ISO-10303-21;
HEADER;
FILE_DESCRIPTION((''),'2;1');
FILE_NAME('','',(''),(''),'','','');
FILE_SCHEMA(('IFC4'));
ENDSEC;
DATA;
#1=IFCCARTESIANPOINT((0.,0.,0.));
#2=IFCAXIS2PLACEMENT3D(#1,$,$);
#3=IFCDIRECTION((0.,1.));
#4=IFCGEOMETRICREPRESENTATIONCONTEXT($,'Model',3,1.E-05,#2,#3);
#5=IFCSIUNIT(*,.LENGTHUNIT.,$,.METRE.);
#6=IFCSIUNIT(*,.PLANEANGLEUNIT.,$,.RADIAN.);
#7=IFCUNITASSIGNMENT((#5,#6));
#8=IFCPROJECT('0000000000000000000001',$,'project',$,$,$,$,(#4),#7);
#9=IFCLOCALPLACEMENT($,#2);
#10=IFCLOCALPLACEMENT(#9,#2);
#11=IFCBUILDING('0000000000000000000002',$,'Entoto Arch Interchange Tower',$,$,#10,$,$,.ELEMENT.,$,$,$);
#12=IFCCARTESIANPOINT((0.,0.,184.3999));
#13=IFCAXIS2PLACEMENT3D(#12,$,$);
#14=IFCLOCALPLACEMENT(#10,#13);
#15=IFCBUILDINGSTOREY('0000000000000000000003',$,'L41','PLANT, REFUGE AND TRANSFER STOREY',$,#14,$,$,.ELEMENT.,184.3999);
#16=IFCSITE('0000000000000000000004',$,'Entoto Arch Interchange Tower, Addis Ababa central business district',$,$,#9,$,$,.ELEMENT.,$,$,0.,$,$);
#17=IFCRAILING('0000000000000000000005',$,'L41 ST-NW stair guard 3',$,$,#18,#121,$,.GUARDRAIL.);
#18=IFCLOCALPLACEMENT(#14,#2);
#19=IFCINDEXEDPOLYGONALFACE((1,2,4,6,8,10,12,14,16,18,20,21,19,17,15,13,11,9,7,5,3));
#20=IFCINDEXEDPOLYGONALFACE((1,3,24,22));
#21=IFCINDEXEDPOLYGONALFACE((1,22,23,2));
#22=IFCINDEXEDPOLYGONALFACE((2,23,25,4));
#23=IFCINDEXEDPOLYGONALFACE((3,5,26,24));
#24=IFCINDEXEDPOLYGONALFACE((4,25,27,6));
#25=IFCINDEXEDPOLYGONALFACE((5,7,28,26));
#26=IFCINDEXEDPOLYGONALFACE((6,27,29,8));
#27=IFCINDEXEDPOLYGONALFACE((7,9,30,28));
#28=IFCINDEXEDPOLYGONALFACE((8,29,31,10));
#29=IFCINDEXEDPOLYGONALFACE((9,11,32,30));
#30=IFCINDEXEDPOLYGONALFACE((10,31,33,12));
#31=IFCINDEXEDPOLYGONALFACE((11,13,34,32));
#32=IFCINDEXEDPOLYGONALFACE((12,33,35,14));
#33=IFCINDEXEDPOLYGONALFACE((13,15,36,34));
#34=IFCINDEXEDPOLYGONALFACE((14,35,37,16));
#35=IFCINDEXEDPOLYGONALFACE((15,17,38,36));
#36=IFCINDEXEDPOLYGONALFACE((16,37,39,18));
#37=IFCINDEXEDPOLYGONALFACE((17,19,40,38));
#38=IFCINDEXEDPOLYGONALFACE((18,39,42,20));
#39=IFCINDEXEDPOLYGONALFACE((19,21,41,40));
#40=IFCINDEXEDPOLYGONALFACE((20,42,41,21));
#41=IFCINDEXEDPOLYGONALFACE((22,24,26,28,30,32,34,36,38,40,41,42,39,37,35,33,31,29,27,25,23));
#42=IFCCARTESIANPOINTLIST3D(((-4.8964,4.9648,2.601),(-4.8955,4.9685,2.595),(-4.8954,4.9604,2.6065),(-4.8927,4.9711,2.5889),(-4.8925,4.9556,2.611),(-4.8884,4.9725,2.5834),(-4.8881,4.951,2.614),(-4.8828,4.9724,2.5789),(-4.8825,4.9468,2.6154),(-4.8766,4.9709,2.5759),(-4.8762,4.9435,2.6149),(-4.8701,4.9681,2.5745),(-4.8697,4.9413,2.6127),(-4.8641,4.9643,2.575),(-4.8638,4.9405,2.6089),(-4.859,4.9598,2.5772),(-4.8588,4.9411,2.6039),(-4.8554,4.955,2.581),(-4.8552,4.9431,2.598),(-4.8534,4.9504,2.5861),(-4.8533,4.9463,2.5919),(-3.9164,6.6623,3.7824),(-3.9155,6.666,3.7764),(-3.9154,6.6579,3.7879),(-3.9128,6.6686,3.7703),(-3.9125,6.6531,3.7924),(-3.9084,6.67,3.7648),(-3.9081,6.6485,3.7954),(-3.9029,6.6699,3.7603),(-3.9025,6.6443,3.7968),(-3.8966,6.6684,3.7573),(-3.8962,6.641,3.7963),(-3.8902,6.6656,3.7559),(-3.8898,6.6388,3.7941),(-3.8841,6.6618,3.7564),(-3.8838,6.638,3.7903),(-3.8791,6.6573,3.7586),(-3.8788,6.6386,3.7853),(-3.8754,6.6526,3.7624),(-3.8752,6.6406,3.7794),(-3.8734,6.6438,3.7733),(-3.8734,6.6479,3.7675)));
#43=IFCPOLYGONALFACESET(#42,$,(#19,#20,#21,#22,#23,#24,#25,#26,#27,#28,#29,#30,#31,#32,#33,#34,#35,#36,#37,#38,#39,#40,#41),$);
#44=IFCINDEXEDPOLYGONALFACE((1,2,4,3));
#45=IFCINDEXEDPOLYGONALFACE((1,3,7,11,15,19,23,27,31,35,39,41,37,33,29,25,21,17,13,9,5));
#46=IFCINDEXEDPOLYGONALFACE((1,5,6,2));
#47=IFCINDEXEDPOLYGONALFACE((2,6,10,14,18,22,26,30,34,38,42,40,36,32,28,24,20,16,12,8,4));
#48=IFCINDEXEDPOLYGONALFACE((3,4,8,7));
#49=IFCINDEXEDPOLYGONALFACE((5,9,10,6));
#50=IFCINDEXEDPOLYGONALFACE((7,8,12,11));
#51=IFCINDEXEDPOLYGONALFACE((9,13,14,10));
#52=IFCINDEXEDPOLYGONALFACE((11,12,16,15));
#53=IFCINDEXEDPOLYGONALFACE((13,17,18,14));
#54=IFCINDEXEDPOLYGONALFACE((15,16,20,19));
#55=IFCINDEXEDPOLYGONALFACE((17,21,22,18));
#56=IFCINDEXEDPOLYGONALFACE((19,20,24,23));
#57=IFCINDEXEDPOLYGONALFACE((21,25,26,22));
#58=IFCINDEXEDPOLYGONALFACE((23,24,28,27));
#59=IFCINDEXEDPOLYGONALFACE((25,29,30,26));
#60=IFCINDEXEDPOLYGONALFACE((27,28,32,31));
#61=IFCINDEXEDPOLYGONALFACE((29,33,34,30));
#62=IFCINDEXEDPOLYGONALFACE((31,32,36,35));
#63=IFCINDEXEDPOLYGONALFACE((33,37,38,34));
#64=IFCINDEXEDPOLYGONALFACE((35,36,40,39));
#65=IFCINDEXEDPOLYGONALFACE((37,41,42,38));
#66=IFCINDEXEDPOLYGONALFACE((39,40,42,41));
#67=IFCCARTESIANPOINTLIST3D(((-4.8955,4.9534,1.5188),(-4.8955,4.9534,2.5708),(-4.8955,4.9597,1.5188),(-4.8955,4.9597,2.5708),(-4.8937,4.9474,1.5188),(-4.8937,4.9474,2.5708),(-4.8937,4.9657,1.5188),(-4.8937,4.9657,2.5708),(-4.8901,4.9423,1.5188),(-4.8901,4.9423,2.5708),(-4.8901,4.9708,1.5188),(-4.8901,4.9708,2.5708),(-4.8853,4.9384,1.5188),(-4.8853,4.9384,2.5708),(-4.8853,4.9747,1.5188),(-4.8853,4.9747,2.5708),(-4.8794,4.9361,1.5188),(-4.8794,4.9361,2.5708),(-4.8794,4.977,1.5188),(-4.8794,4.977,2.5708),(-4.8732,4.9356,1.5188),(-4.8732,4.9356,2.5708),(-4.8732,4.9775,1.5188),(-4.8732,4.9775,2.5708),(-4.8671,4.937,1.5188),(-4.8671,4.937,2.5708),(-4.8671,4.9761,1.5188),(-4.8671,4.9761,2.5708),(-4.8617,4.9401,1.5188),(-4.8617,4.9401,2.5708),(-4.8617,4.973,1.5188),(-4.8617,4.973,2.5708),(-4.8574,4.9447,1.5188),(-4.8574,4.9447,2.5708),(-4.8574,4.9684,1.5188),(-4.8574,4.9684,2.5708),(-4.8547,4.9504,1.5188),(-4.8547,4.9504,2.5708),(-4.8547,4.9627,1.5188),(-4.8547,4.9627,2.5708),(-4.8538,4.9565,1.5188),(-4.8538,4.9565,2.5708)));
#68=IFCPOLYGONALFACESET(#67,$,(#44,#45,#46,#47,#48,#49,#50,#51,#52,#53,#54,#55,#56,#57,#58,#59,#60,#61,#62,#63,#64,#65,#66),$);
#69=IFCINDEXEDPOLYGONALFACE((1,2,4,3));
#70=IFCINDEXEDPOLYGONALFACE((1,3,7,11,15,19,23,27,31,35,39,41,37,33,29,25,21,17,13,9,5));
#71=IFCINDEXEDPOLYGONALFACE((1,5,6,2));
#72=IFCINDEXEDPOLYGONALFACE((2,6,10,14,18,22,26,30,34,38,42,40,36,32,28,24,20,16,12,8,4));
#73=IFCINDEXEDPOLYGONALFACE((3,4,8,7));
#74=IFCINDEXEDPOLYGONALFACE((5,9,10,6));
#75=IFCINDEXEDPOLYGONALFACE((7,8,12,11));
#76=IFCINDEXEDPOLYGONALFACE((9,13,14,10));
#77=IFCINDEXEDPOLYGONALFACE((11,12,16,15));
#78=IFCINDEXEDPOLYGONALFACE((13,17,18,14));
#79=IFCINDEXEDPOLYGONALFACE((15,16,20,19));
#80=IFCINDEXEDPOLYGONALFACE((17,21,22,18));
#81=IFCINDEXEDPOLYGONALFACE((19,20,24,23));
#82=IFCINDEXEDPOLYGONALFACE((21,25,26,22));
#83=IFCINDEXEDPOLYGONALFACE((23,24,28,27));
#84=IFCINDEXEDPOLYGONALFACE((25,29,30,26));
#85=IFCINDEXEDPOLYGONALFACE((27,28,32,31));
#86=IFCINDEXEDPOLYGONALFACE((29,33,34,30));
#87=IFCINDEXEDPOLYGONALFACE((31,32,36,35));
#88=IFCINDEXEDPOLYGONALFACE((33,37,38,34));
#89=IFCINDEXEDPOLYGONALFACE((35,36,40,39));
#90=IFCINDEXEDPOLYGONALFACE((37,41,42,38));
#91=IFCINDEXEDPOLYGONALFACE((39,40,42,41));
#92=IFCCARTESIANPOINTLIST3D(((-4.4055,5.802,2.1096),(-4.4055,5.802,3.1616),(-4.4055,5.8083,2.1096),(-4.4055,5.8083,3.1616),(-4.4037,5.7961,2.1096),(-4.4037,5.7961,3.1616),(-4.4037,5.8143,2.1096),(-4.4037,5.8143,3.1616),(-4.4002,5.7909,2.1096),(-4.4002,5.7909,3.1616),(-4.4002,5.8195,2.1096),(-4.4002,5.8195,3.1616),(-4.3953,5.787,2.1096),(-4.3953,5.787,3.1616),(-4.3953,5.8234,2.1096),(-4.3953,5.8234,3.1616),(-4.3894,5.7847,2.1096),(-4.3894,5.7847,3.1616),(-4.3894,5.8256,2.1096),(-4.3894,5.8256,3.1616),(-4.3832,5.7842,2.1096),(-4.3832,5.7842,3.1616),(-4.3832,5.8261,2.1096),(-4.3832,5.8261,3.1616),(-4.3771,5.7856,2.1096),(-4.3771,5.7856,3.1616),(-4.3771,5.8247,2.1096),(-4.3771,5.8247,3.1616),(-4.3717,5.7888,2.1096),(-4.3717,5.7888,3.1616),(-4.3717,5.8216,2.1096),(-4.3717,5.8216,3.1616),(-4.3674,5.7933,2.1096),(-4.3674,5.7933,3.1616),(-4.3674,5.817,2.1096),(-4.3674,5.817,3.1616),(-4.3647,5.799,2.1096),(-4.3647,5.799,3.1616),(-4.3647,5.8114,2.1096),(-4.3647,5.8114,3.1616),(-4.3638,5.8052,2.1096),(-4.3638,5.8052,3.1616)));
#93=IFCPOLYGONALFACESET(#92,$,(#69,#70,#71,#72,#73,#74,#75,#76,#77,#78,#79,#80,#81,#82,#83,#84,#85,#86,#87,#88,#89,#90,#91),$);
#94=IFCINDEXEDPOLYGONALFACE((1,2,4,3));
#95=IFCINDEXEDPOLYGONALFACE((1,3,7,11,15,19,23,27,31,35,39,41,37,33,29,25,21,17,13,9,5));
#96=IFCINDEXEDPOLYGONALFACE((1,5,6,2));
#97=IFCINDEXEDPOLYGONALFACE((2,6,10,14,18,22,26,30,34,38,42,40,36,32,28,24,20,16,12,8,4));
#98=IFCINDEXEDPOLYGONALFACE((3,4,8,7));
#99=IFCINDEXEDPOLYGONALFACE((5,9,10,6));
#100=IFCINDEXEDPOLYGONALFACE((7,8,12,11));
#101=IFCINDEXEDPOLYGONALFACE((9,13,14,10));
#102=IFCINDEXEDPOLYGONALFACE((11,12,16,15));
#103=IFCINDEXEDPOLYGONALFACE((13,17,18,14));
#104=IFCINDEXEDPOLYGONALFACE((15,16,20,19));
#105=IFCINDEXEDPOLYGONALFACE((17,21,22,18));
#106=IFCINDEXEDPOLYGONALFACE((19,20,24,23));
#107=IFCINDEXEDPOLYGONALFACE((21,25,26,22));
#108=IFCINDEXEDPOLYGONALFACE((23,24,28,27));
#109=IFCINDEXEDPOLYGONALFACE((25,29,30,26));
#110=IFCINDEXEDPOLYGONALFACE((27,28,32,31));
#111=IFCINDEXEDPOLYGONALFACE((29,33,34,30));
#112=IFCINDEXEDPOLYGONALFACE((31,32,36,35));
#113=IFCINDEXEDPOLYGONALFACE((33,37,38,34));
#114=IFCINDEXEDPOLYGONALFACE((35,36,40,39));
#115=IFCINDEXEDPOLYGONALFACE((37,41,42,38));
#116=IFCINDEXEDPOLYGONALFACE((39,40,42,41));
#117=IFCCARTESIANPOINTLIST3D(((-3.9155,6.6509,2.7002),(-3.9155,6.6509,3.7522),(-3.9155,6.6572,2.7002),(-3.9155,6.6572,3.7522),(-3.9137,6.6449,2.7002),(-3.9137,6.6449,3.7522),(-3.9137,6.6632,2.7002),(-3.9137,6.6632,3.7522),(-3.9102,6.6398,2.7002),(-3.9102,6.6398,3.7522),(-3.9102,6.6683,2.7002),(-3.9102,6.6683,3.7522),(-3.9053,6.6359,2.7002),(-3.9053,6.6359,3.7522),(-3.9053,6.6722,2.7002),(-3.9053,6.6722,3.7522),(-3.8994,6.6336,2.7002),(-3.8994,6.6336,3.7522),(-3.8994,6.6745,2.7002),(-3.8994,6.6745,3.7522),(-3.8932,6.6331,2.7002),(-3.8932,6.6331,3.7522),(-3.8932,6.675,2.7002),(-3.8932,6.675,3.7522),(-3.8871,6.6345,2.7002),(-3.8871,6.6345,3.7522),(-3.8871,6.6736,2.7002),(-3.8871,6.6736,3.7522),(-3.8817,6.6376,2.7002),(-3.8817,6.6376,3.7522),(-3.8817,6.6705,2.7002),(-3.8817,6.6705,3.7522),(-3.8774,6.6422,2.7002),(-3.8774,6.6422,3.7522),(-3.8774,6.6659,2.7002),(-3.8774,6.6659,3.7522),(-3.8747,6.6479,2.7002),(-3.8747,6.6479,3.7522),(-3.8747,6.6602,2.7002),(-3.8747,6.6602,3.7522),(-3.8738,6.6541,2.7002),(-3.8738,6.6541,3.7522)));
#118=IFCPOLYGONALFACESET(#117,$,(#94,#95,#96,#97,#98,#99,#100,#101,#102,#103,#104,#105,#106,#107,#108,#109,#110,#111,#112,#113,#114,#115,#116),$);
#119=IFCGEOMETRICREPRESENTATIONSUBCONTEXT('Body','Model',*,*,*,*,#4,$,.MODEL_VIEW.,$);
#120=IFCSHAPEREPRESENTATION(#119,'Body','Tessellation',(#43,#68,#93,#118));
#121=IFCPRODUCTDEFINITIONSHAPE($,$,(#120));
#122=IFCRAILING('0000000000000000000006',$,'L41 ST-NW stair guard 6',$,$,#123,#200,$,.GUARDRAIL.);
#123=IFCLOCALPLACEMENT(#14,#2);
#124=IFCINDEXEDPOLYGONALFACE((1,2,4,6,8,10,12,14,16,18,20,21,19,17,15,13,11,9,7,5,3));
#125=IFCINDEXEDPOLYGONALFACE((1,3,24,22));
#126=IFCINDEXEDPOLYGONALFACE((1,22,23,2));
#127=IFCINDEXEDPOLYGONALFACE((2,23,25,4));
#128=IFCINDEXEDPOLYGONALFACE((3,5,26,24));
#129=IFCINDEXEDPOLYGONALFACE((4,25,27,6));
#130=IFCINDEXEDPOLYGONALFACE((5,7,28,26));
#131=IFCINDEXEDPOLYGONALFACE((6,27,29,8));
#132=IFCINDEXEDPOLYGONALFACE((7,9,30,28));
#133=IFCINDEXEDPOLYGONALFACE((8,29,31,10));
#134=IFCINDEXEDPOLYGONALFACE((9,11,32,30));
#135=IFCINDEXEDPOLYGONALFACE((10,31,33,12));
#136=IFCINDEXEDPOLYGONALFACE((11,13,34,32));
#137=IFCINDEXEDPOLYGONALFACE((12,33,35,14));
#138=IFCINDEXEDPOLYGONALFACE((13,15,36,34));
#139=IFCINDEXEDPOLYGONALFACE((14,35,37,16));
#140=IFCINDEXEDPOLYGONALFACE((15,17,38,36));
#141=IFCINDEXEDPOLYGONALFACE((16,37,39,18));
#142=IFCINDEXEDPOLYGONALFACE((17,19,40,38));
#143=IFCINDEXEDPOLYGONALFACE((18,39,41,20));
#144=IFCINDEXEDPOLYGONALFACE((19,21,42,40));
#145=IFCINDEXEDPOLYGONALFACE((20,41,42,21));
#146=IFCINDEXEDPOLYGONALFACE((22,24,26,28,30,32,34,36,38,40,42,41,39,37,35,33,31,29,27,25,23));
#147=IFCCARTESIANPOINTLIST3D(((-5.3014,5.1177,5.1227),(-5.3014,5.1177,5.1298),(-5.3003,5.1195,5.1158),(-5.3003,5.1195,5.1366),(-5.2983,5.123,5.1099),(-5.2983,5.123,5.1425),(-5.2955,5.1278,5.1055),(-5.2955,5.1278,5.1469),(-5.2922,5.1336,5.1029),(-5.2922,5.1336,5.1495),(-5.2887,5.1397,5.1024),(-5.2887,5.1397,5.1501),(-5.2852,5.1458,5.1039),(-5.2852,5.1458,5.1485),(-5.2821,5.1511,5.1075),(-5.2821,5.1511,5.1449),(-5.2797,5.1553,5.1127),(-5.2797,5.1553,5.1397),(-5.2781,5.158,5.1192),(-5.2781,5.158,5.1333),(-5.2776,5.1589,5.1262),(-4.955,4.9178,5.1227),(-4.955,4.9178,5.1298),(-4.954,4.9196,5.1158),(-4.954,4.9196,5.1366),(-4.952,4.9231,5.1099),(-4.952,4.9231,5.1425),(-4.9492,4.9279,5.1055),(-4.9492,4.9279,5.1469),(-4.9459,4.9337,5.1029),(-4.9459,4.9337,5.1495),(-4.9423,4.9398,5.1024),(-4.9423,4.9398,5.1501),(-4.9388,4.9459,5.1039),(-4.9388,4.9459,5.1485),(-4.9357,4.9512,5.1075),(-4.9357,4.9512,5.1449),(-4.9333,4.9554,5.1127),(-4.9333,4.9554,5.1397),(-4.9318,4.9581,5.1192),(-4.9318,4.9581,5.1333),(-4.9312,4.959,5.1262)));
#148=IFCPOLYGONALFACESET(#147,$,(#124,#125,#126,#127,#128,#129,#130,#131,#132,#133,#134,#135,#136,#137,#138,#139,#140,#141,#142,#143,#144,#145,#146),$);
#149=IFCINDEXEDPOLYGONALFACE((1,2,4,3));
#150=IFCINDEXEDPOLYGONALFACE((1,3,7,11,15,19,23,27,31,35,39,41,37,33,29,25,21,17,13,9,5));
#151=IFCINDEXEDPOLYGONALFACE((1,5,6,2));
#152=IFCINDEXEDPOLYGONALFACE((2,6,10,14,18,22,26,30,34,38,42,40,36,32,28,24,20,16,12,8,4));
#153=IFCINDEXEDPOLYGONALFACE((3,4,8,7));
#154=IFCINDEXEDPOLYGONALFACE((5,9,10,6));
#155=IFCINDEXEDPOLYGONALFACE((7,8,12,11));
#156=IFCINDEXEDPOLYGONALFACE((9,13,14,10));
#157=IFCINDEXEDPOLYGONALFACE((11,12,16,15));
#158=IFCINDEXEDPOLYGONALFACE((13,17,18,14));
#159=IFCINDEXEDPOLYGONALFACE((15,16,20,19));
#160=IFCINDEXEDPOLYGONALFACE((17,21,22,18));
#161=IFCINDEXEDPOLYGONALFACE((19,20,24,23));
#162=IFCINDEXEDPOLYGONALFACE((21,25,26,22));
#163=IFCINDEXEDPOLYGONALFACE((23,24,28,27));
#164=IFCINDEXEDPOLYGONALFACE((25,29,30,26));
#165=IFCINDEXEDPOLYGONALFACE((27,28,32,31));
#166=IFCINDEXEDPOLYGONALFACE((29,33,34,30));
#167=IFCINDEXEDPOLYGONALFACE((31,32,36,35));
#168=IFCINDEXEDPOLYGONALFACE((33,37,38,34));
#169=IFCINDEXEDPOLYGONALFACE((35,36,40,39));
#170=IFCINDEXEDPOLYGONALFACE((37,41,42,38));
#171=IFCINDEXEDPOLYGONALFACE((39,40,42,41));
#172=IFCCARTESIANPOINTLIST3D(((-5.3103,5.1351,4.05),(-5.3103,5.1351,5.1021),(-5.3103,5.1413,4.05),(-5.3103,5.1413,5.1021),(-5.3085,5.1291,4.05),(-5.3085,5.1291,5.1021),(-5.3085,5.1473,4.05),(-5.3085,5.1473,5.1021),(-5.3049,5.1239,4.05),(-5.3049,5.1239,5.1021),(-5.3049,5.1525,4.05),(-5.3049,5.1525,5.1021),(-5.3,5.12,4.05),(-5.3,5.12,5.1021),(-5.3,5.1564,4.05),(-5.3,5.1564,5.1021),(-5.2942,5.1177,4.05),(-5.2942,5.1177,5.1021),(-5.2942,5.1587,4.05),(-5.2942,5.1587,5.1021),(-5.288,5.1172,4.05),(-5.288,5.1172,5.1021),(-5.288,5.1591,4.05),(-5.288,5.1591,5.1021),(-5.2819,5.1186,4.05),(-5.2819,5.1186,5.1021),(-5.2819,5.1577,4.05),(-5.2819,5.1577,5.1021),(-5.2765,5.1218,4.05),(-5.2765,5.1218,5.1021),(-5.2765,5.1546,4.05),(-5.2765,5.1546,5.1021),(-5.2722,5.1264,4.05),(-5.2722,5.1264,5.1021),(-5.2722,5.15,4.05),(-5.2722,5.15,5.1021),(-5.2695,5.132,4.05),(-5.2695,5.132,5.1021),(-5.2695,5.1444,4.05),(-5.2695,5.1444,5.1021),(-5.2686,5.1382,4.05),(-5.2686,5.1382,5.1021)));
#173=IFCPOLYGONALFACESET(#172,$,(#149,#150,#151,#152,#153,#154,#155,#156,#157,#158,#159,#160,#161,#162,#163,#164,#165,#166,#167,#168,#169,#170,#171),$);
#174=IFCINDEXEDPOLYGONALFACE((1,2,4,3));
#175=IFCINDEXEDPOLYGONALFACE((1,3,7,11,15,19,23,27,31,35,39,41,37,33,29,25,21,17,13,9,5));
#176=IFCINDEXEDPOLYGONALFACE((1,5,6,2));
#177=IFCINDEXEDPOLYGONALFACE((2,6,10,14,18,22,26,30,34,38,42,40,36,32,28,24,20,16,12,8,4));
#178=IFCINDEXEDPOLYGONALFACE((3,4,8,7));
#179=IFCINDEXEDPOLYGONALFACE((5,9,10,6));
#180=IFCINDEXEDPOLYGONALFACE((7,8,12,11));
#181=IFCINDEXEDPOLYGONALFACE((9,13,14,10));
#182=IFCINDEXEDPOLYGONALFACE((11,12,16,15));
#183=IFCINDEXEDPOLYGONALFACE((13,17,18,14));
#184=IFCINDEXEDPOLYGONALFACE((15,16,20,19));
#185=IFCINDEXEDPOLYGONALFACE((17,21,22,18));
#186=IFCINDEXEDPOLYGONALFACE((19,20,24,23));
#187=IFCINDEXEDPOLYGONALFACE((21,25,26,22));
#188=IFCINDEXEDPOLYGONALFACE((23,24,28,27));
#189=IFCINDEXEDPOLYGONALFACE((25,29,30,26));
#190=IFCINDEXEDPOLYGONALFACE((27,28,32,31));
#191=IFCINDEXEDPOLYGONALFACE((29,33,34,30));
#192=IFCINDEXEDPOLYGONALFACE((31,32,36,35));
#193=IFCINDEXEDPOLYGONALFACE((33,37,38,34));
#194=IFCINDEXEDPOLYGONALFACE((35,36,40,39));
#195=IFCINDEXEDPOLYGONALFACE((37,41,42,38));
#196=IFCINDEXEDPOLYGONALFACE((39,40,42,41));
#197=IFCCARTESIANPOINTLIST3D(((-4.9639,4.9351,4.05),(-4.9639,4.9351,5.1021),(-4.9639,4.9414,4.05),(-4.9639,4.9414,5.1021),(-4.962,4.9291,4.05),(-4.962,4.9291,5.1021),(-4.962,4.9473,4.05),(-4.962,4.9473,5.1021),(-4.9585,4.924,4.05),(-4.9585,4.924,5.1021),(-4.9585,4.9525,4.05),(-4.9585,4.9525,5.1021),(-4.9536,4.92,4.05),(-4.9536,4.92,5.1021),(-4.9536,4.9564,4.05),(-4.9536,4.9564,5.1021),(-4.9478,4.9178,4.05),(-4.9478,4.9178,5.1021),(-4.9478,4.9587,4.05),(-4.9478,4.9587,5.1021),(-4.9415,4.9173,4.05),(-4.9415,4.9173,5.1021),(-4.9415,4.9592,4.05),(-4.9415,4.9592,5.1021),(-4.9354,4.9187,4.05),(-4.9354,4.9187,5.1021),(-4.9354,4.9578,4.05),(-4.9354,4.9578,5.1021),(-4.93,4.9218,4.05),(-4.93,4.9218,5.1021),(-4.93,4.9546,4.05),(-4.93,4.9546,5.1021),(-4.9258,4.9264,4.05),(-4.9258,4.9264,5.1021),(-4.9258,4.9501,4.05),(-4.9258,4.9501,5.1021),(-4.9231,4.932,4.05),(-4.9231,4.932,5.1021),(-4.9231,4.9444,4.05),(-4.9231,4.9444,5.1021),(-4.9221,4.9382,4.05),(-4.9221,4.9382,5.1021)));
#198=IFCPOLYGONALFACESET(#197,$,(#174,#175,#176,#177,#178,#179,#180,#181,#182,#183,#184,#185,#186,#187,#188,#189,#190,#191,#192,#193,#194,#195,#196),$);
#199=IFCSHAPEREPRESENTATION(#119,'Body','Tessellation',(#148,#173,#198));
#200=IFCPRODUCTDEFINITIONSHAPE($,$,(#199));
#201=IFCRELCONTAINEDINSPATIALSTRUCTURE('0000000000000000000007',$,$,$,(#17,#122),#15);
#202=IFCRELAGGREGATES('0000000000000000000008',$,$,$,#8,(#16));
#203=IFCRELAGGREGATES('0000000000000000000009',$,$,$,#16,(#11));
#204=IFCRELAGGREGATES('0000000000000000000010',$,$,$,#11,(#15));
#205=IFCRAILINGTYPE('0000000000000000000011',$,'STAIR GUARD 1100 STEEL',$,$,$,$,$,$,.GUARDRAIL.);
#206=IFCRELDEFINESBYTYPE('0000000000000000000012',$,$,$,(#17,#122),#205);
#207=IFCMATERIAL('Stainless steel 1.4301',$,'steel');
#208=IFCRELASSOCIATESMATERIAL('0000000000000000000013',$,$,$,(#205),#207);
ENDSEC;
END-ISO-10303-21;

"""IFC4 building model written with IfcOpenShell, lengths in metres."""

from ifc_helpers import new_model, si_unit, direction, frame, origin, origin_2d, place, context, subcontext, project, spatial, circle, extrude, material, type_object, element, save


model = new_model("IFC4")

# Units and contexts
model_context = context("Model", 3, precision=1e-05, world=origin(), true_north=direction((0.0, 1.0)))
body_context = subcontext(model_context, "Body", "Model", "MODEL_VIEW")
ifc_project = project(units=[si_unit("LENGTHUNIT", "METRE"), si_unit("PLANEANGLEUNIT", "RADIAN")], contexts=[model_context])

# Site, building, storey
site_placement = place(None, origin())
site = spatial("IfcSite", under=ifc_project, at=site_placement, Name="Entoto Arch Interchange Tower, Addis Ababa central business district", CompositionType="ELEMENT", RefElevation=0.0)
building_placement = place(site_placement, origin())
building = spatial("IfcBuilding", under=site, at=building_placement, Name="Entoto Arch Interchange Tower", CompositionType="ELEMENT")
storey_placement = place(building_placement, frame((0.0, 0.0, 184.3999)))
storey = spatial("IfcBuildingStorey", under=building, at=storey_placement, Name="L41", Description="PLANT, REFUGE AND TRANSFER STOREY", CompositionType="ELEMENT", Elevation=184.3999)

# Railings
ifc_material_1 = material(Name="Stainless steel 1.4301", Category="steel")
railing_type = type_object("IfcRailingType", Name="STAIR GUARD 1100 STEEL", PredefinedType="GUARDRAIL", material=ifc_material_1)
railing_1_placement = place(storey_placement, frame((-4.8748, 4.9565, 1.5188)))
element("IfcRailing", 1, at=railing_1_placement, inside=storey, type_object=railing_type, Name="L41 ST-NW stair guard 3", PredefinedType="GUARDRAIL", context=body_context, shape_type="SweptSolid", body=[
    extrude(circle(Radius=0.0239, at=origin_2d()), frame((0.0, 0.0, 1.0762), z_axis=(0.428205, 0.741731, 0.516214), x_axis=(-0.866042, 0.49997, 0.0)), (0.0, 0.0, 1.0), 2.2886),
    extrude(circle(Radius=0.021, at=origin_2d()), origin(), (0.0, 0.0, 1.0), 1.052),
    extrude(circle(Radius=0.021, at=origin_2d()), frame((0.49, 0.8486, 0.5908)), (0.0, 0.0, 1.0), 1.052),
    extrude(circle(Radius=0.021, at=origin_2d()), frame((0.98, 1.6975, 1.1814)), (0.0, 0.0, 1.0), 1.052),
])
railing_2_placement = place(storey_placement, frame((-5.2896, 5.1382, 4.05)))
element("IfcRailing", 2, at=railing_2_placement, inside=storey, type_object=railing_type, Name="L41 ST-NW stair guard 6", PredefinedType="GUARDRAIL", context=body_context, shape_type="SweptSolid", body=[
    extrude(circle(Radius=0.0239, at=origin_2d()), frame((0.0, 0.0, 1.0762), z_axis=(0.866094, -0.499881, 0.0), x_axis=(0.499881, 0.866094, 0.0)), (0.0, 0.0, 1.0), 0.3999),
    extrude(circle(Radius=0.021, at=origin_2d()), origin(), (0.0, 0.0, 1.0), 1.052),
    extrude(circle(Radius=0.021, at=origin_2d()), frame((0.3464, -0.2, 0.0)), (0.0, 0.0, 1.0), 1.052),
])

save(model, "model.ifc")
